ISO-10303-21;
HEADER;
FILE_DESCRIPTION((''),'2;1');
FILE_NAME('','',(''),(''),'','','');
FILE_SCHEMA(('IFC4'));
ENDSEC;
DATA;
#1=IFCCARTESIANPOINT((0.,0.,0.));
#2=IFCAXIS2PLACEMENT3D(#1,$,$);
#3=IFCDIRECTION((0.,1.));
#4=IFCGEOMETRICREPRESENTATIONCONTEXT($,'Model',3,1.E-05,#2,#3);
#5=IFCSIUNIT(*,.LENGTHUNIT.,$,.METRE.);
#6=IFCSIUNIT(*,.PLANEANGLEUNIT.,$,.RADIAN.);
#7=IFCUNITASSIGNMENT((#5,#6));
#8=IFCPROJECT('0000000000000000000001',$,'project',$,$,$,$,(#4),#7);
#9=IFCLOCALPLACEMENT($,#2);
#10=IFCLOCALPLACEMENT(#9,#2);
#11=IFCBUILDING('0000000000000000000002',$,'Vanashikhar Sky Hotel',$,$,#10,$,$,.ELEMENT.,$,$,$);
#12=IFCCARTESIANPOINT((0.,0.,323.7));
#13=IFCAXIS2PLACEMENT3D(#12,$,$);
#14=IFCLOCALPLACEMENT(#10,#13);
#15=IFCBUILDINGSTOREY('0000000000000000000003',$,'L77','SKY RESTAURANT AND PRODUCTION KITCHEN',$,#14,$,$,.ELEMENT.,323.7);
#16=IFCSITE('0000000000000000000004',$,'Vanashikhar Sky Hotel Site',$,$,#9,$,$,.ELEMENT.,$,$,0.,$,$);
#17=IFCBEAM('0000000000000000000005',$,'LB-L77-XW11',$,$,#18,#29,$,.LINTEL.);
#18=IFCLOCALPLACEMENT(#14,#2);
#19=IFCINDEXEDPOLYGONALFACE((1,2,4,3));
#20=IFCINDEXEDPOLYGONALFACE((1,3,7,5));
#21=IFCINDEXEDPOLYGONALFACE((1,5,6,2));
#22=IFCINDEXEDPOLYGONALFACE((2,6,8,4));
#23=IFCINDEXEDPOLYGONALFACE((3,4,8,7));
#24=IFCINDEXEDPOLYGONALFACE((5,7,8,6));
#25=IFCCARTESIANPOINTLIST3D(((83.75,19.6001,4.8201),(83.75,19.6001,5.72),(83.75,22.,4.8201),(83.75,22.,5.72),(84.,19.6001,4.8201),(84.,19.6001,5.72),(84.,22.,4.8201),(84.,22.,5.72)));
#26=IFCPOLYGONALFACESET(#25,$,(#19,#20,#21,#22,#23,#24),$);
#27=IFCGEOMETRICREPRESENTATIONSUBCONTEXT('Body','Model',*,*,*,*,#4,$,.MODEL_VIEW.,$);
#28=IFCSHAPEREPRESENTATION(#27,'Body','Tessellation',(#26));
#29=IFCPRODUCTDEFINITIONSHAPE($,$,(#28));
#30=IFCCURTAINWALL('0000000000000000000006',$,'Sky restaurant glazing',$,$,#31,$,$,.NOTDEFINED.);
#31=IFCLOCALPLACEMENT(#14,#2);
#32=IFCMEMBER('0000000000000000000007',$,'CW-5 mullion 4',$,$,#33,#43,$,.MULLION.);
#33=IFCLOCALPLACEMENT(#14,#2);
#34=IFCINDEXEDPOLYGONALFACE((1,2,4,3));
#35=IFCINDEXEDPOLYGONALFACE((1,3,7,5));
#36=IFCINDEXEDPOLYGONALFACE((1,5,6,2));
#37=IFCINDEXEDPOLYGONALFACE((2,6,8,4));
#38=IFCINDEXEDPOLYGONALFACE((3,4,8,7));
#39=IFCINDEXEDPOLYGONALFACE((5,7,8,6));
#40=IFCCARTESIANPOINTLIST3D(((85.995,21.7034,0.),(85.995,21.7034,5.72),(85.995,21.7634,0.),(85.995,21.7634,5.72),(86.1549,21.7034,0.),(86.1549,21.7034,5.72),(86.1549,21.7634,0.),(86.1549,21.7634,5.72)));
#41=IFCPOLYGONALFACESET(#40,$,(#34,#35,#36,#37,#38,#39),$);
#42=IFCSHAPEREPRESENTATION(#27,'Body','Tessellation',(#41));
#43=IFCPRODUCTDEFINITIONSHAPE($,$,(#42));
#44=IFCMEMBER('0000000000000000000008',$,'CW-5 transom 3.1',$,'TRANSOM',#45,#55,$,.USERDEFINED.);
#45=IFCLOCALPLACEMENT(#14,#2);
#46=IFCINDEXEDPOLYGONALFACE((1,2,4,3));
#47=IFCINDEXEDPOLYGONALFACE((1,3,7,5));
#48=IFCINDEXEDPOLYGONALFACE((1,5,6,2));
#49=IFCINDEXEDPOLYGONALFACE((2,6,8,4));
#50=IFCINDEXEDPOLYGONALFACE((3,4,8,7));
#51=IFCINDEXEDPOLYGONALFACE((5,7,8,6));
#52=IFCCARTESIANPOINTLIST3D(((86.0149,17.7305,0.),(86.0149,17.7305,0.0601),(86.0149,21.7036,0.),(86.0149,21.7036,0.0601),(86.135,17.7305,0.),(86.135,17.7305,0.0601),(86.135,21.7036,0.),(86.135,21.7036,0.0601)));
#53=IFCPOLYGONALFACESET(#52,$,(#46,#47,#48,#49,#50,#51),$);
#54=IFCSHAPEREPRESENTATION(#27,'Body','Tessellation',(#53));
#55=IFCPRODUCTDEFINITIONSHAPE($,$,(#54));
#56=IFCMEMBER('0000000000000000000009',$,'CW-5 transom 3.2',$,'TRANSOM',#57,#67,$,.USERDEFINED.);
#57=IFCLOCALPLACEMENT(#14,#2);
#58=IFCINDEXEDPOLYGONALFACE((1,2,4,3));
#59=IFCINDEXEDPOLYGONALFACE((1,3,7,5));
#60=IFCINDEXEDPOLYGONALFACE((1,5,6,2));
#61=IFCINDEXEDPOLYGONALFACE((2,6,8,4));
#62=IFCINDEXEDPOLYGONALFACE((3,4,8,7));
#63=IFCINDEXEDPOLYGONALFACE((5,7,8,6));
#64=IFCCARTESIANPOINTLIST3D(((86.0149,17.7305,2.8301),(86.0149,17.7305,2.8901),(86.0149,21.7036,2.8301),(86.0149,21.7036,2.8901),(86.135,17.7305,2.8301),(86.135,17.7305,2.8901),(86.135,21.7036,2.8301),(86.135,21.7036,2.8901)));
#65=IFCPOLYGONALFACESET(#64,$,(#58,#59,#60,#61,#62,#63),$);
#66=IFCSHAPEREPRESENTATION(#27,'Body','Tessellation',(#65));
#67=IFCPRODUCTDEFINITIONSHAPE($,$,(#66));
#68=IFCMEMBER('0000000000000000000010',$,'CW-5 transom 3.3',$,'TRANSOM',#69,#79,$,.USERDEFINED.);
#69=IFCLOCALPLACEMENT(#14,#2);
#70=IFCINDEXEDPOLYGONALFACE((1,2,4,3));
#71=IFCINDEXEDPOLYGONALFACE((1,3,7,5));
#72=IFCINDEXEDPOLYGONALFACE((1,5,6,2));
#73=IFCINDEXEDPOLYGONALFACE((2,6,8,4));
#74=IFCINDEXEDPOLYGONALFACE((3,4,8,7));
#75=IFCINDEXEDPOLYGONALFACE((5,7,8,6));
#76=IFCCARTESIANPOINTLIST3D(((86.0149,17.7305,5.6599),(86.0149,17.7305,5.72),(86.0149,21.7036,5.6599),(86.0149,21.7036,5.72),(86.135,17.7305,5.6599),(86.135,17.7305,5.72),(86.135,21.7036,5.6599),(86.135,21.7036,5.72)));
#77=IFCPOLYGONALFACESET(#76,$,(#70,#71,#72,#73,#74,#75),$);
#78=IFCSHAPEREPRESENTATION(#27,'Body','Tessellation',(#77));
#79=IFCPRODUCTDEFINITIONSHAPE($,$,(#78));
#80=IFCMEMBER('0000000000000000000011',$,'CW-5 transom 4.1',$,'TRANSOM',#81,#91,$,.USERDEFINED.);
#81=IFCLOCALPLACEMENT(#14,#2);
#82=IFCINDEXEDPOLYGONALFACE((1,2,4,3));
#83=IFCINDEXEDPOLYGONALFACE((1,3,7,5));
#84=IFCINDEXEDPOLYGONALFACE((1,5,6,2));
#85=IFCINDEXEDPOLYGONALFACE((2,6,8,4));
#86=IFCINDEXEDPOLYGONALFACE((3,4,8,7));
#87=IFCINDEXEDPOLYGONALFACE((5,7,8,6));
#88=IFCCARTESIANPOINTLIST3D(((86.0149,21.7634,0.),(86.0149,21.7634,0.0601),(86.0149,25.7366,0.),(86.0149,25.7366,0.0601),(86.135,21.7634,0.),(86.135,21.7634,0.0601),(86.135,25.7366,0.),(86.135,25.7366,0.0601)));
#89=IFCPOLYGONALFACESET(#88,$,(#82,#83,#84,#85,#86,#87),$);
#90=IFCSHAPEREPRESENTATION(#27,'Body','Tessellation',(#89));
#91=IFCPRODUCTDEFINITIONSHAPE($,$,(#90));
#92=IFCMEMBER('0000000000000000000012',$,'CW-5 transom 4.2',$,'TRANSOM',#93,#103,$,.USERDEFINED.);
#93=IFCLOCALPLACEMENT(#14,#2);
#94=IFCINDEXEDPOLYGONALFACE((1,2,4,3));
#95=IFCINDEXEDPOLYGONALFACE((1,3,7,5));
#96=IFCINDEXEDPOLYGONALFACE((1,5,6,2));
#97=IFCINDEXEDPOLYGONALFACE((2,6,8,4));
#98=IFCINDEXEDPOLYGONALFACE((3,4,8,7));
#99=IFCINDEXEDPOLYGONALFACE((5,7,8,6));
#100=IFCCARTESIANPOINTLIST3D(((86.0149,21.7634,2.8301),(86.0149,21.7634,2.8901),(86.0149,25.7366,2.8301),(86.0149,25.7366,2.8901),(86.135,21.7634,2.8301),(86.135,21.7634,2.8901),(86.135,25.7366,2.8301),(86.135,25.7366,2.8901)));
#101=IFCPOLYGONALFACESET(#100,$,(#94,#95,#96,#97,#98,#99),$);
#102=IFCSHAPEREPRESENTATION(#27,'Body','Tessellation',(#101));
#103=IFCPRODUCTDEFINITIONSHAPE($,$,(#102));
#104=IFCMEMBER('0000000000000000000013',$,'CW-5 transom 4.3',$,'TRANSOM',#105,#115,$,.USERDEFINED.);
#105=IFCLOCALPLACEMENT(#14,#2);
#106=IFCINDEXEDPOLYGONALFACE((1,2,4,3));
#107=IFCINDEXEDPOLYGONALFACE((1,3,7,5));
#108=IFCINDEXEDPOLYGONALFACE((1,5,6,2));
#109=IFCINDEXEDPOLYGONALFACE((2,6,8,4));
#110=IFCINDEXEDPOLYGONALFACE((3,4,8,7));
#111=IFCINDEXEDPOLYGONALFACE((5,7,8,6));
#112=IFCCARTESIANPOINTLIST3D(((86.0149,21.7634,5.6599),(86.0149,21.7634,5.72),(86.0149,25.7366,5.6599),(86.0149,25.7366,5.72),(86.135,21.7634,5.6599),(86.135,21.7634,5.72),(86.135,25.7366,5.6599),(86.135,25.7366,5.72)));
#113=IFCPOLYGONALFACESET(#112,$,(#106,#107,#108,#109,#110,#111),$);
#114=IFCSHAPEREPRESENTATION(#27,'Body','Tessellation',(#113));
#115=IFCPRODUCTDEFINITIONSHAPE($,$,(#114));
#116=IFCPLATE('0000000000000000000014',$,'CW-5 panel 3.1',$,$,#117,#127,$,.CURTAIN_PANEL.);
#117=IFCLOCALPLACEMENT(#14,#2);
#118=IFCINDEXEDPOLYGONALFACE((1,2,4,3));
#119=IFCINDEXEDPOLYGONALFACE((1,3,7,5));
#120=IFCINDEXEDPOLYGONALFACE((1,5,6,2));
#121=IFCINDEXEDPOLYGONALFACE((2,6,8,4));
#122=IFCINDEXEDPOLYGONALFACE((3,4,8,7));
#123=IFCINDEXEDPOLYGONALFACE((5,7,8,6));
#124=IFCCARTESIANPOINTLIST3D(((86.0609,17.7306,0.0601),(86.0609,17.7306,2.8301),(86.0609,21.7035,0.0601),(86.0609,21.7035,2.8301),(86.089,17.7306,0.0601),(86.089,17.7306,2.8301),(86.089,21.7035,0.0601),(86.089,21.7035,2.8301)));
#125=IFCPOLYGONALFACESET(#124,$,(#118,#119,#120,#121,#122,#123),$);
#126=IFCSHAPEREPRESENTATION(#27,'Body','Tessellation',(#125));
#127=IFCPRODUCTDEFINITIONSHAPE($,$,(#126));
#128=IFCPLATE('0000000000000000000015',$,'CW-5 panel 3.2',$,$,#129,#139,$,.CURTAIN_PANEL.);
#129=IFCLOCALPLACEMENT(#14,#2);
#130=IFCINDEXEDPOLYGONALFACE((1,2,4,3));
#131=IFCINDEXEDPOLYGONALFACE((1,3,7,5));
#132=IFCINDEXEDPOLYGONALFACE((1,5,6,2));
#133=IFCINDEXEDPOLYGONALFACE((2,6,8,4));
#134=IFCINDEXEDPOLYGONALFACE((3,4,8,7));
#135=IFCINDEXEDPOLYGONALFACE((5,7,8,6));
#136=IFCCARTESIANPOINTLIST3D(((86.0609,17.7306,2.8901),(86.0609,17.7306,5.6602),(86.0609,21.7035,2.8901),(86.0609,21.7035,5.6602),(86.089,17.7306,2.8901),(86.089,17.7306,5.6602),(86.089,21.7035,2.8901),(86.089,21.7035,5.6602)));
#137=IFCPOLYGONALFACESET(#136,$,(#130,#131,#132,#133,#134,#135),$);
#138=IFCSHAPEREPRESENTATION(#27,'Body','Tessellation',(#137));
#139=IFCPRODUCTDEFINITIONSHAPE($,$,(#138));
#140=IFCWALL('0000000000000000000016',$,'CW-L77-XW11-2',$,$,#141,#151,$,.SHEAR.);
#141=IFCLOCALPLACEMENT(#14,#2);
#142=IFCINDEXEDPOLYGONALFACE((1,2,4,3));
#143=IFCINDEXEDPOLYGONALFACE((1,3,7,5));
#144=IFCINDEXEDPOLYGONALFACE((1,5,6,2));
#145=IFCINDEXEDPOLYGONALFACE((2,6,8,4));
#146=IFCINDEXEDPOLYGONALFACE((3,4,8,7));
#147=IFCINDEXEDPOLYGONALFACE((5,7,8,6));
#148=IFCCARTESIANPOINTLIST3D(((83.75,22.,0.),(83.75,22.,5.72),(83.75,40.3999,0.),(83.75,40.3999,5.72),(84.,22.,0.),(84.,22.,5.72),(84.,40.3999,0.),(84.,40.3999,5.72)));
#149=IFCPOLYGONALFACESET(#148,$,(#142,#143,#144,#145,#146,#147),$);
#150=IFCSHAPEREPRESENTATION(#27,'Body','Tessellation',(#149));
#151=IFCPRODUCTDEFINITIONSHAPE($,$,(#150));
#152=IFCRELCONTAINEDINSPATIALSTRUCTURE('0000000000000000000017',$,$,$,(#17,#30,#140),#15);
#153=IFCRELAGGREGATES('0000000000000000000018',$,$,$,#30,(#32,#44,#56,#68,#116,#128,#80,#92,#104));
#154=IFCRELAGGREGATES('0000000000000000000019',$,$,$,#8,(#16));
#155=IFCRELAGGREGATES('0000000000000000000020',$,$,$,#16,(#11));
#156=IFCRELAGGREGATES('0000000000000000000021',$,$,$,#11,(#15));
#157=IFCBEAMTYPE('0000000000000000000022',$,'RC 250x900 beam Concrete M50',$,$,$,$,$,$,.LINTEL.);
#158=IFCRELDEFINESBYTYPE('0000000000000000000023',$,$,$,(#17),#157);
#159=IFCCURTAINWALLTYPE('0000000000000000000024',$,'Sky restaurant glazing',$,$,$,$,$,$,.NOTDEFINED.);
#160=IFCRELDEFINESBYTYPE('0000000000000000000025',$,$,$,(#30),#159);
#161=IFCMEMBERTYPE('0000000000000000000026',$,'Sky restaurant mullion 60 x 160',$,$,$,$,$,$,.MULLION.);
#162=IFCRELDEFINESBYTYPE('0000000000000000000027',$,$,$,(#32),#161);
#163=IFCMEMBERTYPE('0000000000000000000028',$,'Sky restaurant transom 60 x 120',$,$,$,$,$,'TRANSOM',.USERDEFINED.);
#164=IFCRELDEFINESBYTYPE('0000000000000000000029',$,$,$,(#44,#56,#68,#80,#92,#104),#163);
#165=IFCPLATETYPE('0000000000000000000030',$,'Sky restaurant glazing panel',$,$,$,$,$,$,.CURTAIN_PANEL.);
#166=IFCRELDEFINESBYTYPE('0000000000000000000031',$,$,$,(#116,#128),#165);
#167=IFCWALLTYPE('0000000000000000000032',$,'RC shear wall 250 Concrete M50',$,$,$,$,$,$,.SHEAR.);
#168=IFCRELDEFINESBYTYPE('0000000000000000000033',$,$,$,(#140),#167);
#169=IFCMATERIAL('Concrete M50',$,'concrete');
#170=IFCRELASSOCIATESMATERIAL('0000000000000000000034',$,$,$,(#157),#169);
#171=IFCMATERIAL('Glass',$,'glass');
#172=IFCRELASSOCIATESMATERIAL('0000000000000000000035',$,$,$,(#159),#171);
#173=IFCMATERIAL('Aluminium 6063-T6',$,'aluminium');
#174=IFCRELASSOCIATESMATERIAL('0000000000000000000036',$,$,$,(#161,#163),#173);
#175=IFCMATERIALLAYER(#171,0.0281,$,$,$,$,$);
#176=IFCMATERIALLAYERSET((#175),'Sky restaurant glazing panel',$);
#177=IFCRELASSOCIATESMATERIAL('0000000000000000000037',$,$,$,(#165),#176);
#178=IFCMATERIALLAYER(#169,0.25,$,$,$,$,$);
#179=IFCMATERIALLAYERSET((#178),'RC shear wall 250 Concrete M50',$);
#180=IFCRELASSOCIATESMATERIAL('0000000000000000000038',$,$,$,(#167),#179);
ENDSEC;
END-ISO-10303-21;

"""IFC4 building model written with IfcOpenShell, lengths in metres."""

from ifc_helpers import new_model, si_unit, direction, frame, frame_2d, origin, origin_2d, place, context, subcontext, project, spatial, rectangle, extrude, source, transform, mapped, material, layer, layer_set, material_profile, profile_set, type_object, element, aggregate, save


model = new_model("IFC4")

# Units and contexts
model_context = context("Model", 3, precision=1e-05, world=origin(), true_north=direction((0.0, 1.0)))
body_context = subcontext(model_context, "Body", "Model", "MODEL_VIEW")
ifc_project = project(units=[si_unit("LENGTHUNIT", "METRE"), si_unit("PLANEANGLEUNIT", "RADIAN")], contexts=[model_context])

# Site, building, storey
site_placement = place(None, origin())
site = spatial("IfcSite", under=ifc_project, at=site_placement, Name="Vanashikhar Sky Hotel Site", CompositionType="ELEMENT", RefElevation=0.0)
building_placement = place(site_placement, origin())
building = spatial("IfcBuilding", under=site, at=building_placement, Name="Vanashikhar Sky Hotel", CompositionType="ELEMENT")
storey_placement = place(building_placement, frame((0.0, 0.0, 323.7)))
storey = spatial("IfcBuildingStorey", under=building, at=storey_placement, Name="L77", Description="SKY RESTAURANT AND PRODUCTION KITCHEN", CompositionType="ELEMENT", Elevation=323.7)

# Beam
ifc_material_1 = material(Name="Concrete M50", Category="concrete")
ifc_material_profile_1 = material_profile(ifc_material_1, rectangle(XDim=0.25, YDim=0.8999, at=origin_2d()))
ifc_profile_set_1 = profile_set([ifc_material_profile_1], Name="RC 250x900 beam Concrete M50")
beam_type = type_object("IfcBeamType", Name="RC 250x900 beam Concrete M50", PredefinedType="LINTEL", material=ifc_profile_set_1)
shared_shape_1 = source(origin(), body_context, "Body", "SweptSolid", [
    extrude(rectangle(XDim=0.25, YDim=0.8999, at=origin_2d()), origin(), (0.0, 0.0, 1.0), 2.3999),
])
beam_placement = place(storey_placement, frame((83.875, 19.6001, 5.27), z_axis=(0.0, 1.0, 0.0), x_axis=(-1.0, 0.0, 0.0)))
element("IfcBeam", 1, at=beam_placement, inside=storey, type_object=beam_type, Name="LB-L77-XW11", PredefinedType="LINTEL", context=body_context, shape_type="MappedRepresentation", body=[
    mapped(shared_shape_1, transform((0.0, 0.0, 0.0), scale=1.0)),
])

# Curtain wall, members, plates
ifc_material_2 = material(Name="Glass", Category="glass")
curtain_wall_type = type_object("IfcCurtainWallType", Name="Sky restaurant glazing", PredefinedType="NOTDEFINED", material=ifc_material_2)
curtain_wall_placement = place(storey_placement, origin())
curtain_wall = element("IfcCurtainWall", 2, at=curtain_wall_placement, inside=storey, type_object=curtain_wall_type, Name="Sky restaurant glazing", PredefinedType="NOTDEFINED")
ifc_material_3 = material(Name="Aluminium 6063-T6", Category="aluminium")
ifc_material_profile_2 = material_profile(ifc_material_3, rectangle(XDim=0.1599, YDim=0.0601, at=origin_2d()))
ifc_profile_set_2 = profile_set([ifc_material_profile_2], Name="Aluminium 6063-T6")
member_type_1 = type_object("IfcMemberType", Name="Sky restaurant mullion 60 x 160", PredefinedType="MULLION", material=ifc_profile_set_2)
shared_shape_2 = source(origin(), body_context, "Body", "SweptSolid", [
    extrude(rectangle(XDim=0.1599, YDim=0.0601, at=origin_2d()), origin(), (0.0, 0.0, 1.0), 5.72),
])
member_1_placement = place(storey_placement, frame((86.075, 21.7334, 0.0), z_axis=(0.0, 0.0, 1.0), x_axis=(-1.0, 0.0, 0.0)))
member_1 = element("IfcMember", 3, at=member_1_placement, type_object=member_type_1, Name="CW-5 mullion 4", PredefinedType="MULLION", context=body_context, shape_type="MappedRepresentation", body=[
    mapped(shared_shape_2, transform((0.0, 0.0, 0.0), scale=1.0)),
])
ifc_material_profile_3 = material_profile(ifc_material_3, rectangle(XDim=0.1201, YDim=0.0601, at=origin_2d()))
ifc_profile_set_3 = profile_set([ifc_material_profile_3], Name="Aluminium 6063-T6")
member_type_2 = type_object("IfcMemberType", Name="Sky restaurant transom 60 x 120", ElementType="TRANSOM", PredefinedType="USERDEFINED", material=ifc_profile_set_3)
shared_shape_3 = source(origin(), body_context, "Body", "SweptSolid", [
    extrude(rectangle(XDim=0.1201, YDim=0.0601, at=origin_2d()), origin(), (0.0, 0.0, 1.0), 3.9731),
])
member_2_placement = place(storey_placement, frame((86.075, 17.7305, 0.03), z_axis=(0.0, 1.0, 0.0), x_axis=(-1.0, 0.0, 0.0)))
member_2 = element("IfcMember", 4, at=member_2_placement, type_object=member_type_2, Name="CW-5 transom 3.1", ObjectType="TRANSOM", PredefinedType="USERDEFINED", context=body_context, shape_type="MappedRepresentation", body=[
    mapped(shared_shape_3, transform((0.0, 0.0, 0.0), scale=1.0)),
])
member_3_placement = place(storey_placement, frame((86.075, 17.7305, 2.8601), z_axis=(0.0, 1.0, 0.0), x_axis=(-1.0, 0.0, 0.0)))
member_3 = element("IfcMember", 5, at=member_3_placement, type_object=member_type_2, Name="CW-5 transom 3.2", ObjectType="TRANSOM", PredefinedType="USERDEFINED", context=body_context, shape_type="MappedRepresentation", body=[
    mapped(shared_shape_3, transform((0.0, 0.0, 0.0), scale=1.0)),
])
member_4_placement = place(storey_placement, frame((86.075, 17.7305, 5.6899), z_axis=(0.0, 1.0, 0.0), x_axis=(-1.0, 0.0, 0.0)))
member_4 = element("IfcMember", 6, at=member_4_placement, type_object=member_type_2, Name="CW-5 transom 3.3", ObjectType="TRANSOM", PredefinedType="USERDEFINED", context=body_context, shape_type="MappedRepresentation", body=[
    mapped(shared_shape_3, transform((0.0, 0.0, 0.0), scale=1.0)),
])
member_5_placement = place(storey_placement, frame((86.075, 21.7634, 0.03), z_axis=(0.0, 1.0, 0.0), x_axis=(-1.0, 0.0, 0.0)))
member_5 = element("IfcMember", 7, at=member_5_placement, type_object=member_type_2, Name="CW-5 transom 4.1", ObjectType="TRANSOM", PredefinedType="USERDEFINED", context=body_context, shape_type="MappedRepresentation", body=[
    mapped(shared_shape_3, transform((0.0, 0.0, 0.0), scale=1.0)),
])
member_6_placement = place(storey_placement, frame((86.075, 21.7634, 2.8601), z_axis=(0.0, 1.0, 0.0), x_axis=(-1.0, 0.0, 0.0)))
member_6 = element("IfcMember", 8, at=member_6_placement, type_object=member_type_2, Name="CW-5 transom 4.2", ObjectType="TRANSOM", PredefinedType="USERDEFINED", context=body_context, shape_type="MappedRepresentation", body=[
    mapped(shared_shape_3, transform((0.0, 0.0, 0.0), scale=1.0)),
])
member_7_placement = place(storey_placement, frame((86.075, 21.7634, 5.6899), z_axis=(0.0, 1.0, 0.0), x_axis=(-1.0, 0.0, 0.0)))
member_7 = element("IfcMember", 9, at=member_7_placement, type_object=member_type_2, Name="CW-5 transom 4.3", ObjectType="TRANSOM", PredefinedType="USERDEFINED", context=body_context, shape_type="MappedRepresentation", body=[
    mapped(shared_shape_3, transform((0.0, 0.0, 0.0), scale=1.0)),
])
ifc_layer_1 = layer(ifc_material_2, 0.0281)
ifc_layer_set_1 = layer_set([ifc_layer_1], Name="Sky restaurant glazing panel")
plate_type = type_object("IfcPlateType", Name="Sky restaurant glazing panel", PredefinedType="CURTAIN_PANEL", material=ifc_layer_set_1)
shared_shape_4 = source(origin(), body_context, "Body", "SweptSolid", [
    extrude(rectangle(XDim=3.9729, YDim=0.0281, at=origin_2d()), origin(), (0.0, 0.0, 1.0), 2.77),
])
plate_1_placement = place(storey_placement, frame((86.075, 19.717, 0.0601), z_axis=(0.0, 0.0, 1.0), x_axis=(0.0, 1.0, 0.0)))
plate_1 = element("IfcPlate", 10, at=plate_1_placement, type_object=plate_type, Name="CW-5 panel 3.1", PredefinedType="CURTAIN_PANEL", context=body_context, shape_type="MappedRepresentation", body=[
    mapped(shared_shape_4, transform((0.0, 0.0, 0.0), scale=1.0)),
])
plate_2_placement = place(storey_placement, frame((86.075, 19.717, 2.8901), z_axis=(0.0, 0.0, 1.0), x_axis=(0.0, 1.0, 0.0)))
plate_2 = element("IfcPlate", 11, at=plate_2_placement, type_object=plate_type, Name="CW-5 panel 3.2", PredefinedType="CURTAIN_PANEL", context=body_context, shape_type="MappedRepresentation", body=[
    mapped(shared_shape_4, transform((0.0, 0.0, 0.0), scale=1.0)),
])
aggregate(curtain_wall, [member_1, member_2, member_3, member_4, plate_1, plate_2, member_5, member_6, member_7])

# Wall
ifc_layer_2 = layer(ifc_material_1, 0.25)
ifc_layer_set_2 = layer_set([ifc_layer_2], Name="RC shear wall 250 Concrete M50")
wall_type_1 = type_object("IfcWallType", Name="RC shear wall 250 Concrete M50", PredefinedType="SHEAR", material=ifc_layer_set_2)
shared_shape_5 = source(origin(), body_context, "Body", "SweptSolid", [
    extrude(rectangle(XDim=18.3999, YDim=0.25, at=frame_2d((9.2, 0.0))), origin(), (0.0, 0.0, 1.0), 5.72),
])
wall_1_placement = place(storey_placement, frame((83.875, 22.0, 0.0), z_axis=(0.0, 0.0, 1.0), x_axis=(0.0, 1.0, 0.0)))
element("IfcWall", 12, at=wall_1_placement, inside=storey, type_object=wall_type_1, Name="CW-L77-XW11-2", PredefinedType="SHEAR", context=body_context, shape_type="MappedRepresentation", body=[
    mapped(shared_shape_5, transform((0.0, 0.0, 0.0), scale=1.0)),
])

save(model, "model.ifc")
